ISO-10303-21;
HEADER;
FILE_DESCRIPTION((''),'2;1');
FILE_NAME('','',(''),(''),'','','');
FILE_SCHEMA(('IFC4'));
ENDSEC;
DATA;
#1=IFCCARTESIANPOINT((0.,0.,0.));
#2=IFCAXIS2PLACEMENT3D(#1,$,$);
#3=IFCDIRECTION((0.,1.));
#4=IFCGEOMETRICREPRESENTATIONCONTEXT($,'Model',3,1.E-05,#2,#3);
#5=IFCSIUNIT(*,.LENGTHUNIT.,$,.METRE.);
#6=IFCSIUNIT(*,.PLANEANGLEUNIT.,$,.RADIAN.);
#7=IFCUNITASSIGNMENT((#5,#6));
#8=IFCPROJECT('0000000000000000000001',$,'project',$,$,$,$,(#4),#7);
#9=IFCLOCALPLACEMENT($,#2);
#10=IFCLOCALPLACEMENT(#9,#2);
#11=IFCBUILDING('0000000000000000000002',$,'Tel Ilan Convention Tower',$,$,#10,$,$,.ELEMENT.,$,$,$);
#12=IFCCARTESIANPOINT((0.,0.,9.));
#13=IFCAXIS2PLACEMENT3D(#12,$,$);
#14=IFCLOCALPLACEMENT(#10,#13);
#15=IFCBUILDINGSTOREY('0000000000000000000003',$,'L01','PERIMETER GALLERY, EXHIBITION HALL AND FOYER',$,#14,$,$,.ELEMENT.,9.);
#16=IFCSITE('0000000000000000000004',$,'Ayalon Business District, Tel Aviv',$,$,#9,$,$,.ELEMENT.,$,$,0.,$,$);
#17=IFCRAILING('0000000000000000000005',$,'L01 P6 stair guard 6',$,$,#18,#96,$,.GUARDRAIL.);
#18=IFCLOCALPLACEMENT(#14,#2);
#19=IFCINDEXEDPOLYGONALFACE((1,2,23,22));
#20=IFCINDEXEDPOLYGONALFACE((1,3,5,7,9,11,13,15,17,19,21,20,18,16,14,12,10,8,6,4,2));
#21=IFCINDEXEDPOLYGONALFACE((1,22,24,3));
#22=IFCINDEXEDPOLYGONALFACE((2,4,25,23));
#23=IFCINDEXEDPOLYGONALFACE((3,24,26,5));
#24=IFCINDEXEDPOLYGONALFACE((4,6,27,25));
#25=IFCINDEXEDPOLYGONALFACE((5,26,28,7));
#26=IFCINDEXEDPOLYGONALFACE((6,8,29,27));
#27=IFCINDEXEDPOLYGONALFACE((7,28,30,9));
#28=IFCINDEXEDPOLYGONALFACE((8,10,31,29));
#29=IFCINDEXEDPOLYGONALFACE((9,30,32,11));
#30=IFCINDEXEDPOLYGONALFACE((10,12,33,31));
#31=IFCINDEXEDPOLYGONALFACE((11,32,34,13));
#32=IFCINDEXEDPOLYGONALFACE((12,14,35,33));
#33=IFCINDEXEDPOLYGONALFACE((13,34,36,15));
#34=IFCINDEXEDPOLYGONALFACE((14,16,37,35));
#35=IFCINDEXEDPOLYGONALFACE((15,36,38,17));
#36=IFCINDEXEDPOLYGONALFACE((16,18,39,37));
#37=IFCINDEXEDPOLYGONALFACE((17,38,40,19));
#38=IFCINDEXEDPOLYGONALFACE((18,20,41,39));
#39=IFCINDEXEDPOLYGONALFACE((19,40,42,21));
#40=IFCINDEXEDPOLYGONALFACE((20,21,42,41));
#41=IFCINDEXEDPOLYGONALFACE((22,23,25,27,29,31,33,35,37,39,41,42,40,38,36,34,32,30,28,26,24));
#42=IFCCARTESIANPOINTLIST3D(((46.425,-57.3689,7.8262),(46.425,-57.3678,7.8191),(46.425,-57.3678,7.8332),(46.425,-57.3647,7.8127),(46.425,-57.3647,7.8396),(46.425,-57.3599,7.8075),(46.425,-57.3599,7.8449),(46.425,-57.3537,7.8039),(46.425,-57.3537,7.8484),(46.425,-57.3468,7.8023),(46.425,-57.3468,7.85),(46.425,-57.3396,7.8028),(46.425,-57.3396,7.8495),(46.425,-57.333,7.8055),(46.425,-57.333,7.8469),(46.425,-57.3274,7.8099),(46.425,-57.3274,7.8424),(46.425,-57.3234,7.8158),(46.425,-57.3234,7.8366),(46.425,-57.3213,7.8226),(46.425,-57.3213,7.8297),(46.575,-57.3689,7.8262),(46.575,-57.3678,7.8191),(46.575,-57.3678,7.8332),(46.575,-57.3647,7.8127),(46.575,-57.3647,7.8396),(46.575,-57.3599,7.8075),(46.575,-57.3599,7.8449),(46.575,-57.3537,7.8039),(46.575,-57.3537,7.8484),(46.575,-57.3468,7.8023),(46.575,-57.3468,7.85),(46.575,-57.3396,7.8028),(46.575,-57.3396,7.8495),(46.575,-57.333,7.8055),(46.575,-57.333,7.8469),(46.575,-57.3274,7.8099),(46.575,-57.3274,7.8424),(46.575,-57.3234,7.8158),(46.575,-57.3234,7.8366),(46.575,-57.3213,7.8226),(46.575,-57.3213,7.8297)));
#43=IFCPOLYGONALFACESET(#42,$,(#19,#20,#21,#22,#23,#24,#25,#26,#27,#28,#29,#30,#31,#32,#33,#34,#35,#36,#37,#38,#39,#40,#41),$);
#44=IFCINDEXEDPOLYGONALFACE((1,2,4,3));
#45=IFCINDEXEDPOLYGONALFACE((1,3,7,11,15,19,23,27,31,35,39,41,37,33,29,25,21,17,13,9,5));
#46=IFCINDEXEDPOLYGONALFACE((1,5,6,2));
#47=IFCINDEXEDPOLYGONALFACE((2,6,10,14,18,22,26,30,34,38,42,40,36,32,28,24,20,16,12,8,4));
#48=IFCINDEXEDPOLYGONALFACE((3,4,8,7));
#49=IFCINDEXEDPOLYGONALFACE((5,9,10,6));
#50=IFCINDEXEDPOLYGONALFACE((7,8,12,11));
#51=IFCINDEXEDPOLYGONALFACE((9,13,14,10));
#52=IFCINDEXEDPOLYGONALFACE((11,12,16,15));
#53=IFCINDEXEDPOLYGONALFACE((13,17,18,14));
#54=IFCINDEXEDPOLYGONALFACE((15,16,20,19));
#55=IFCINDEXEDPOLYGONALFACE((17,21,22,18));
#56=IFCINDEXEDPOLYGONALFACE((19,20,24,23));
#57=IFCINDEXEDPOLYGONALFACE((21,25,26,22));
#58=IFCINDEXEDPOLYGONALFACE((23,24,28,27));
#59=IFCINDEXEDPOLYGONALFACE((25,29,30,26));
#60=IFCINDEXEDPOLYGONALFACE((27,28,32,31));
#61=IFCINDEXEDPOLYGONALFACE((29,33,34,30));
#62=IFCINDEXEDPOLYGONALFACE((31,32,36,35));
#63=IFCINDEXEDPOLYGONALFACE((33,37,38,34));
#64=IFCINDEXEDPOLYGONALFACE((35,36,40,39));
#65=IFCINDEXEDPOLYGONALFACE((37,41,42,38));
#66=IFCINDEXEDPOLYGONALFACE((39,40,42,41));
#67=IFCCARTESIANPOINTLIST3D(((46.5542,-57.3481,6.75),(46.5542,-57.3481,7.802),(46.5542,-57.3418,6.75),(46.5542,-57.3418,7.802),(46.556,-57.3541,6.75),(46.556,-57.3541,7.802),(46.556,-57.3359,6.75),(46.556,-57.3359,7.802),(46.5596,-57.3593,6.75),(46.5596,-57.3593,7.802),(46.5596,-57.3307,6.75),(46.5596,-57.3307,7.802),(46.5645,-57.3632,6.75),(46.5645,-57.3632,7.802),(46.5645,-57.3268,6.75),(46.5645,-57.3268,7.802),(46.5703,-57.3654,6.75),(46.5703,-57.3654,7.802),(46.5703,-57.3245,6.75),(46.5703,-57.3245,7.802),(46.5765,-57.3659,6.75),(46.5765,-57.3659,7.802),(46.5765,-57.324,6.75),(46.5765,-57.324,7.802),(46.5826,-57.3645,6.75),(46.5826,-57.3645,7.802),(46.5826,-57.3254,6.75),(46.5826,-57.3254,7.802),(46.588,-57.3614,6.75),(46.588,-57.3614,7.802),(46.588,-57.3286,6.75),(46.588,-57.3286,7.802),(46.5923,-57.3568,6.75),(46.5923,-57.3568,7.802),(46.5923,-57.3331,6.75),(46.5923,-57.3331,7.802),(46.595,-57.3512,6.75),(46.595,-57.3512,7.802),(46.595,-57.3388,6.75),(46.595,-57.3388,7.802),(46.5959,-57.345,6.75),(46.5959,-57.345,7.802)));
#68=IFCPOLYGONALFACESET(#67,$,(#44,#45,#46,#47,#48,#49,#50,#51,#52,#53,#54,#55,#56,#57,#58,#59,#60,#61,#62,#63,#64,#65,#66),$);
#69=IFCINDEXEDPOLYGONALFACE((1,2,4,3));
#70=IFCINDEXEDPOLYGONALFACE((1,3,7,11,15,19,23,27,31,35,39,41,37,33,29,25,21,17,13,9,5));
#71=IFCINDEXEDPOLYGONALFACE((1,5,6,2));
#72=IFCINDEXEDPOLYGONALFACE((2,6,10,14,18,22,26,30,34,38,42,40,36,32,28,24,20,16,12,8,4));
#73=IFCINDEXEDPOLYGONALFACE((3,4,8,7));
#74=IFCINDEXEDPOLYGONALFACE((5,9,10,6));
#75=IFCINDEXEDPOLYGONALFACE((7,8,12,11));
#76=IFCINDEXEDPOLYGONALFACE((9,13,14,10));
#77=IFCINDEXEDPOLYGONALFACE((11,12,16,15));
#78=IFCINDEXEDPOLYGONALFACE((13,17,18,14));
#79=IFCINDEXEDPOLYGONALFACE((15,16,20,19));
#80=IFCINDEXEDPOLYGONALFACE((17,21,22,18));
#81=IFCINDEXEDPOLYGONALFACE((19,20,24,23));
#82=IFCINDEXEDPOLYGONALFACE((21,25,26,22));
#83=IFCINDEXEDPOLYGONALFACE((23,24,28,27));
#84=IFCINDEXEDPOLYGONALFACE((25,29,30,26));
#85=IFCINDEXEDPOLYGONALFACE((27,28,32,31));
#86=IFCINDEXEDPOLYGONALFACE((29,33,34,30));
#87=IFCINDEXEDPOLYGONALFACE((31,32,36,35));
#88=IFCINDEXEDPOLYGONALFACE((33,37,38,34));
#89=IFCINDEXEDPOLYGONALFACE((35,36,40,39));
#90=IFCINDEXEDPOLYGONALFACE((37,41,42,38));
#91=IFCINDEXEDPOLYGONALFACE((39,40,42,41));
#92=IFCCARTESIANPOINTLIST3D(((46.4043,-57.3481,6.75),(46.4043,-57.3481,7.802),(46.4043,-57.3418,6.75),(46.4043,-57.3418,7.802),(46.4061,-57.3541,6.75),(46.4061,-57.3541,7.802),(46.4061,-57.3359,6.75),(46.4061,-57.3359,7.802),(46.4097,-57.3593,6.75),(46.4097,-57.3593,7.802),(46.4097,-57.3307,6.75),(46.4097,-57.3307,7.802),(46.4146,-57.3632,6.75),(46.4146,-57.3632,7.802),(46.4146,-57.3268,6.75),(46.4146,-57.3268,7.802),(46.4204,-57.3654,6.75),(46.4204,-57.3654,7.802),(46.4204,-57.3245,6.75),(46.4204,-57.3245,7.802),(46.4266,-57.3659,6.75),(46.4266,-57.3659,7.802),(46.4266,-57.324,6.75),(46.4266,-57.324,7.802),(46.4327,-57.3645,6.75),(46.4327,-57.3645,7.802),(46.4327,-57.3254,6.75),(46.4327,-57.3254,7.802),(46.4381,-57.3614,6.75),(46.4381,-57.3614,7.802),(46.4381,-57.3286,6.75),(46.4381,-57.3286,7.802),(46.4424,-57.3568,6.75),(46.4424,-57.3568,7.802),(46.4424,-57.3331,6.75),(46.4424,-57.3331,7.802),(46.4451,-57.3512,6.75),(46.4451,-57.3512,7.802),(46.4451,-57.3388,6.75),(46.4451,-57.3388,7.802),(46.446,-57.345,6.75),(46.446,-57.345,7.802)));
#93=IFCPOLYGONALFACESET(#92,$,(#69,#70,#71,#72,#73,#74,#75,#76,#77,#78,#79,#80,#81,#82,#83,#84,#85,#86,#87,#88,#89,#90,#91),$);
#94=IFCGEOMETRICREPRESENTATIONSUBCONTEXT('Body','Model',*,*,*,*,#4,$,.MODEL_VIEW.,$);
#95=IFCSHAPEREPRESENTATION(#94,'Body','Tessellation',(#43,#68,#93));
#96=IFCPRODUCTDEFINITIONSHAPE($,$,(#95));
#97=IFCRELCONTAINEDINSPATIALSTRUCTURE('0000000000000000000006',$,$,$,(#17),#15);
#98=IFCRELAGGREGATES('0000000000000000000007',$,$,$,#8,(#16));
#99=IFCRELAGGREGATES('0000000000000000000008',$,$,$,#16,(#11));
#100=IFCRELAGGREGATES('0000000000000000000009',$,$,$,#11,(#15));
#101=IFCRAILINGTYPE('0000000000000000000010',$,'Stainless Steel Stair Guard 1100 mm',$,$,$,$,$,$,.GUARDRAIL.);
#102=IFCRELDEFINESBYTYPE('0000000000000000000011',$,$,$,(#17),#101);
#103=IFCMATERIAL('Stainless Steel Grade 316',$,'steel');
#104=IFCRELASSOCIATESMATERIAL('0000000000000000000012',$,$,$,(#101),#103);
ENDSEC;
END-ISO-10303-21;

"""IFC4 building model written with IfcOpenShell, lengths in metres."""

from ifc_helpers import new_model, si_unit, direction, frame, origin, origin_2d, place, context, subcontext, project, spatial, circle, extrude, material, type_object, element, save


model = new_model("IFC4")

# Units and contexts
model_context = context("Model", 3, precision=1e-05, world=origin(), true_north=direction((0.0, 1.0)))
body_context = subcontext(model_context, "Body", "Model", "MODEL_VIEW")
ifc_project = project(units=[si_unit("LENGTHUNIT", "METRE"), si_unit("PLANEANGLEUNIT", "RADIAN")], contexts=[model_context])

# Site, building, storey
site_placement = place(None, origin())
site = spatial("IfcSite", under=ifc_project, at=site_placement, Name="Ayalon Business District, Tel Aviv", CompositionType="ELEMENT", RefElevation=0.0)
building_placement = place(site_placement, origin())
building = spatial("IfcBuilding", under=site, at=building_placement, Name="Tel Ilan Convention Tower", CompositionType="ELEMENT")
storey_placement = place(building_placement, frame((0.0, 0.0, 9.0)))
storey = spatial("IfcBuildingStorey", under=building, at=storey_placement, Name="L01", Description="PERIMETER GALLERY, EXHIBITION HALL AND FOYER", CompositionType="ELEMENT", Elevation=9.0)

# Railing
ifc_material_1 = material(Name="Stainless Steel Grade 316", Category="steel")
railing_type_1 = type_object("IfcRailingType", Name="Stainless Steel Stair Guard 1100 mm", PredefinedType="GUARDRAIL", material=ifc_material_1)
railing_1_placement = place(storey_placement, frame((46.575, -57.345, 6.75)))
element("IfcRailing", 1, at=railing_1_placement, inside=storey, type_object=railing_type_1, Name="L01 P6 stair guard 6", PredefinedType="GUARDRAIL", context=body_context, shape_type="SweptSolid", body=[
    extrude(circle(Radius=0.0239, at=origin_2d()), frame((0.0, 0.0, 1.0762), z_axis=(-1.0, 0.0, 0.0), x_axis=(0.0, -1.0, 0.0)), (0.0, 0.0, 1.0), 0.1499),
    extrude(circle(Radius=0.021, at=origin_2d()), origin(), (0.0, 0.0, 1.0), 1.052),
    extrude(circle(Radius=0.021, at=origin_2d()), frame((-0.1499, 0.0, 0.0)), (0.0, 0.0, 1.0), 1.052),
])

save(model, "model.ifc")
